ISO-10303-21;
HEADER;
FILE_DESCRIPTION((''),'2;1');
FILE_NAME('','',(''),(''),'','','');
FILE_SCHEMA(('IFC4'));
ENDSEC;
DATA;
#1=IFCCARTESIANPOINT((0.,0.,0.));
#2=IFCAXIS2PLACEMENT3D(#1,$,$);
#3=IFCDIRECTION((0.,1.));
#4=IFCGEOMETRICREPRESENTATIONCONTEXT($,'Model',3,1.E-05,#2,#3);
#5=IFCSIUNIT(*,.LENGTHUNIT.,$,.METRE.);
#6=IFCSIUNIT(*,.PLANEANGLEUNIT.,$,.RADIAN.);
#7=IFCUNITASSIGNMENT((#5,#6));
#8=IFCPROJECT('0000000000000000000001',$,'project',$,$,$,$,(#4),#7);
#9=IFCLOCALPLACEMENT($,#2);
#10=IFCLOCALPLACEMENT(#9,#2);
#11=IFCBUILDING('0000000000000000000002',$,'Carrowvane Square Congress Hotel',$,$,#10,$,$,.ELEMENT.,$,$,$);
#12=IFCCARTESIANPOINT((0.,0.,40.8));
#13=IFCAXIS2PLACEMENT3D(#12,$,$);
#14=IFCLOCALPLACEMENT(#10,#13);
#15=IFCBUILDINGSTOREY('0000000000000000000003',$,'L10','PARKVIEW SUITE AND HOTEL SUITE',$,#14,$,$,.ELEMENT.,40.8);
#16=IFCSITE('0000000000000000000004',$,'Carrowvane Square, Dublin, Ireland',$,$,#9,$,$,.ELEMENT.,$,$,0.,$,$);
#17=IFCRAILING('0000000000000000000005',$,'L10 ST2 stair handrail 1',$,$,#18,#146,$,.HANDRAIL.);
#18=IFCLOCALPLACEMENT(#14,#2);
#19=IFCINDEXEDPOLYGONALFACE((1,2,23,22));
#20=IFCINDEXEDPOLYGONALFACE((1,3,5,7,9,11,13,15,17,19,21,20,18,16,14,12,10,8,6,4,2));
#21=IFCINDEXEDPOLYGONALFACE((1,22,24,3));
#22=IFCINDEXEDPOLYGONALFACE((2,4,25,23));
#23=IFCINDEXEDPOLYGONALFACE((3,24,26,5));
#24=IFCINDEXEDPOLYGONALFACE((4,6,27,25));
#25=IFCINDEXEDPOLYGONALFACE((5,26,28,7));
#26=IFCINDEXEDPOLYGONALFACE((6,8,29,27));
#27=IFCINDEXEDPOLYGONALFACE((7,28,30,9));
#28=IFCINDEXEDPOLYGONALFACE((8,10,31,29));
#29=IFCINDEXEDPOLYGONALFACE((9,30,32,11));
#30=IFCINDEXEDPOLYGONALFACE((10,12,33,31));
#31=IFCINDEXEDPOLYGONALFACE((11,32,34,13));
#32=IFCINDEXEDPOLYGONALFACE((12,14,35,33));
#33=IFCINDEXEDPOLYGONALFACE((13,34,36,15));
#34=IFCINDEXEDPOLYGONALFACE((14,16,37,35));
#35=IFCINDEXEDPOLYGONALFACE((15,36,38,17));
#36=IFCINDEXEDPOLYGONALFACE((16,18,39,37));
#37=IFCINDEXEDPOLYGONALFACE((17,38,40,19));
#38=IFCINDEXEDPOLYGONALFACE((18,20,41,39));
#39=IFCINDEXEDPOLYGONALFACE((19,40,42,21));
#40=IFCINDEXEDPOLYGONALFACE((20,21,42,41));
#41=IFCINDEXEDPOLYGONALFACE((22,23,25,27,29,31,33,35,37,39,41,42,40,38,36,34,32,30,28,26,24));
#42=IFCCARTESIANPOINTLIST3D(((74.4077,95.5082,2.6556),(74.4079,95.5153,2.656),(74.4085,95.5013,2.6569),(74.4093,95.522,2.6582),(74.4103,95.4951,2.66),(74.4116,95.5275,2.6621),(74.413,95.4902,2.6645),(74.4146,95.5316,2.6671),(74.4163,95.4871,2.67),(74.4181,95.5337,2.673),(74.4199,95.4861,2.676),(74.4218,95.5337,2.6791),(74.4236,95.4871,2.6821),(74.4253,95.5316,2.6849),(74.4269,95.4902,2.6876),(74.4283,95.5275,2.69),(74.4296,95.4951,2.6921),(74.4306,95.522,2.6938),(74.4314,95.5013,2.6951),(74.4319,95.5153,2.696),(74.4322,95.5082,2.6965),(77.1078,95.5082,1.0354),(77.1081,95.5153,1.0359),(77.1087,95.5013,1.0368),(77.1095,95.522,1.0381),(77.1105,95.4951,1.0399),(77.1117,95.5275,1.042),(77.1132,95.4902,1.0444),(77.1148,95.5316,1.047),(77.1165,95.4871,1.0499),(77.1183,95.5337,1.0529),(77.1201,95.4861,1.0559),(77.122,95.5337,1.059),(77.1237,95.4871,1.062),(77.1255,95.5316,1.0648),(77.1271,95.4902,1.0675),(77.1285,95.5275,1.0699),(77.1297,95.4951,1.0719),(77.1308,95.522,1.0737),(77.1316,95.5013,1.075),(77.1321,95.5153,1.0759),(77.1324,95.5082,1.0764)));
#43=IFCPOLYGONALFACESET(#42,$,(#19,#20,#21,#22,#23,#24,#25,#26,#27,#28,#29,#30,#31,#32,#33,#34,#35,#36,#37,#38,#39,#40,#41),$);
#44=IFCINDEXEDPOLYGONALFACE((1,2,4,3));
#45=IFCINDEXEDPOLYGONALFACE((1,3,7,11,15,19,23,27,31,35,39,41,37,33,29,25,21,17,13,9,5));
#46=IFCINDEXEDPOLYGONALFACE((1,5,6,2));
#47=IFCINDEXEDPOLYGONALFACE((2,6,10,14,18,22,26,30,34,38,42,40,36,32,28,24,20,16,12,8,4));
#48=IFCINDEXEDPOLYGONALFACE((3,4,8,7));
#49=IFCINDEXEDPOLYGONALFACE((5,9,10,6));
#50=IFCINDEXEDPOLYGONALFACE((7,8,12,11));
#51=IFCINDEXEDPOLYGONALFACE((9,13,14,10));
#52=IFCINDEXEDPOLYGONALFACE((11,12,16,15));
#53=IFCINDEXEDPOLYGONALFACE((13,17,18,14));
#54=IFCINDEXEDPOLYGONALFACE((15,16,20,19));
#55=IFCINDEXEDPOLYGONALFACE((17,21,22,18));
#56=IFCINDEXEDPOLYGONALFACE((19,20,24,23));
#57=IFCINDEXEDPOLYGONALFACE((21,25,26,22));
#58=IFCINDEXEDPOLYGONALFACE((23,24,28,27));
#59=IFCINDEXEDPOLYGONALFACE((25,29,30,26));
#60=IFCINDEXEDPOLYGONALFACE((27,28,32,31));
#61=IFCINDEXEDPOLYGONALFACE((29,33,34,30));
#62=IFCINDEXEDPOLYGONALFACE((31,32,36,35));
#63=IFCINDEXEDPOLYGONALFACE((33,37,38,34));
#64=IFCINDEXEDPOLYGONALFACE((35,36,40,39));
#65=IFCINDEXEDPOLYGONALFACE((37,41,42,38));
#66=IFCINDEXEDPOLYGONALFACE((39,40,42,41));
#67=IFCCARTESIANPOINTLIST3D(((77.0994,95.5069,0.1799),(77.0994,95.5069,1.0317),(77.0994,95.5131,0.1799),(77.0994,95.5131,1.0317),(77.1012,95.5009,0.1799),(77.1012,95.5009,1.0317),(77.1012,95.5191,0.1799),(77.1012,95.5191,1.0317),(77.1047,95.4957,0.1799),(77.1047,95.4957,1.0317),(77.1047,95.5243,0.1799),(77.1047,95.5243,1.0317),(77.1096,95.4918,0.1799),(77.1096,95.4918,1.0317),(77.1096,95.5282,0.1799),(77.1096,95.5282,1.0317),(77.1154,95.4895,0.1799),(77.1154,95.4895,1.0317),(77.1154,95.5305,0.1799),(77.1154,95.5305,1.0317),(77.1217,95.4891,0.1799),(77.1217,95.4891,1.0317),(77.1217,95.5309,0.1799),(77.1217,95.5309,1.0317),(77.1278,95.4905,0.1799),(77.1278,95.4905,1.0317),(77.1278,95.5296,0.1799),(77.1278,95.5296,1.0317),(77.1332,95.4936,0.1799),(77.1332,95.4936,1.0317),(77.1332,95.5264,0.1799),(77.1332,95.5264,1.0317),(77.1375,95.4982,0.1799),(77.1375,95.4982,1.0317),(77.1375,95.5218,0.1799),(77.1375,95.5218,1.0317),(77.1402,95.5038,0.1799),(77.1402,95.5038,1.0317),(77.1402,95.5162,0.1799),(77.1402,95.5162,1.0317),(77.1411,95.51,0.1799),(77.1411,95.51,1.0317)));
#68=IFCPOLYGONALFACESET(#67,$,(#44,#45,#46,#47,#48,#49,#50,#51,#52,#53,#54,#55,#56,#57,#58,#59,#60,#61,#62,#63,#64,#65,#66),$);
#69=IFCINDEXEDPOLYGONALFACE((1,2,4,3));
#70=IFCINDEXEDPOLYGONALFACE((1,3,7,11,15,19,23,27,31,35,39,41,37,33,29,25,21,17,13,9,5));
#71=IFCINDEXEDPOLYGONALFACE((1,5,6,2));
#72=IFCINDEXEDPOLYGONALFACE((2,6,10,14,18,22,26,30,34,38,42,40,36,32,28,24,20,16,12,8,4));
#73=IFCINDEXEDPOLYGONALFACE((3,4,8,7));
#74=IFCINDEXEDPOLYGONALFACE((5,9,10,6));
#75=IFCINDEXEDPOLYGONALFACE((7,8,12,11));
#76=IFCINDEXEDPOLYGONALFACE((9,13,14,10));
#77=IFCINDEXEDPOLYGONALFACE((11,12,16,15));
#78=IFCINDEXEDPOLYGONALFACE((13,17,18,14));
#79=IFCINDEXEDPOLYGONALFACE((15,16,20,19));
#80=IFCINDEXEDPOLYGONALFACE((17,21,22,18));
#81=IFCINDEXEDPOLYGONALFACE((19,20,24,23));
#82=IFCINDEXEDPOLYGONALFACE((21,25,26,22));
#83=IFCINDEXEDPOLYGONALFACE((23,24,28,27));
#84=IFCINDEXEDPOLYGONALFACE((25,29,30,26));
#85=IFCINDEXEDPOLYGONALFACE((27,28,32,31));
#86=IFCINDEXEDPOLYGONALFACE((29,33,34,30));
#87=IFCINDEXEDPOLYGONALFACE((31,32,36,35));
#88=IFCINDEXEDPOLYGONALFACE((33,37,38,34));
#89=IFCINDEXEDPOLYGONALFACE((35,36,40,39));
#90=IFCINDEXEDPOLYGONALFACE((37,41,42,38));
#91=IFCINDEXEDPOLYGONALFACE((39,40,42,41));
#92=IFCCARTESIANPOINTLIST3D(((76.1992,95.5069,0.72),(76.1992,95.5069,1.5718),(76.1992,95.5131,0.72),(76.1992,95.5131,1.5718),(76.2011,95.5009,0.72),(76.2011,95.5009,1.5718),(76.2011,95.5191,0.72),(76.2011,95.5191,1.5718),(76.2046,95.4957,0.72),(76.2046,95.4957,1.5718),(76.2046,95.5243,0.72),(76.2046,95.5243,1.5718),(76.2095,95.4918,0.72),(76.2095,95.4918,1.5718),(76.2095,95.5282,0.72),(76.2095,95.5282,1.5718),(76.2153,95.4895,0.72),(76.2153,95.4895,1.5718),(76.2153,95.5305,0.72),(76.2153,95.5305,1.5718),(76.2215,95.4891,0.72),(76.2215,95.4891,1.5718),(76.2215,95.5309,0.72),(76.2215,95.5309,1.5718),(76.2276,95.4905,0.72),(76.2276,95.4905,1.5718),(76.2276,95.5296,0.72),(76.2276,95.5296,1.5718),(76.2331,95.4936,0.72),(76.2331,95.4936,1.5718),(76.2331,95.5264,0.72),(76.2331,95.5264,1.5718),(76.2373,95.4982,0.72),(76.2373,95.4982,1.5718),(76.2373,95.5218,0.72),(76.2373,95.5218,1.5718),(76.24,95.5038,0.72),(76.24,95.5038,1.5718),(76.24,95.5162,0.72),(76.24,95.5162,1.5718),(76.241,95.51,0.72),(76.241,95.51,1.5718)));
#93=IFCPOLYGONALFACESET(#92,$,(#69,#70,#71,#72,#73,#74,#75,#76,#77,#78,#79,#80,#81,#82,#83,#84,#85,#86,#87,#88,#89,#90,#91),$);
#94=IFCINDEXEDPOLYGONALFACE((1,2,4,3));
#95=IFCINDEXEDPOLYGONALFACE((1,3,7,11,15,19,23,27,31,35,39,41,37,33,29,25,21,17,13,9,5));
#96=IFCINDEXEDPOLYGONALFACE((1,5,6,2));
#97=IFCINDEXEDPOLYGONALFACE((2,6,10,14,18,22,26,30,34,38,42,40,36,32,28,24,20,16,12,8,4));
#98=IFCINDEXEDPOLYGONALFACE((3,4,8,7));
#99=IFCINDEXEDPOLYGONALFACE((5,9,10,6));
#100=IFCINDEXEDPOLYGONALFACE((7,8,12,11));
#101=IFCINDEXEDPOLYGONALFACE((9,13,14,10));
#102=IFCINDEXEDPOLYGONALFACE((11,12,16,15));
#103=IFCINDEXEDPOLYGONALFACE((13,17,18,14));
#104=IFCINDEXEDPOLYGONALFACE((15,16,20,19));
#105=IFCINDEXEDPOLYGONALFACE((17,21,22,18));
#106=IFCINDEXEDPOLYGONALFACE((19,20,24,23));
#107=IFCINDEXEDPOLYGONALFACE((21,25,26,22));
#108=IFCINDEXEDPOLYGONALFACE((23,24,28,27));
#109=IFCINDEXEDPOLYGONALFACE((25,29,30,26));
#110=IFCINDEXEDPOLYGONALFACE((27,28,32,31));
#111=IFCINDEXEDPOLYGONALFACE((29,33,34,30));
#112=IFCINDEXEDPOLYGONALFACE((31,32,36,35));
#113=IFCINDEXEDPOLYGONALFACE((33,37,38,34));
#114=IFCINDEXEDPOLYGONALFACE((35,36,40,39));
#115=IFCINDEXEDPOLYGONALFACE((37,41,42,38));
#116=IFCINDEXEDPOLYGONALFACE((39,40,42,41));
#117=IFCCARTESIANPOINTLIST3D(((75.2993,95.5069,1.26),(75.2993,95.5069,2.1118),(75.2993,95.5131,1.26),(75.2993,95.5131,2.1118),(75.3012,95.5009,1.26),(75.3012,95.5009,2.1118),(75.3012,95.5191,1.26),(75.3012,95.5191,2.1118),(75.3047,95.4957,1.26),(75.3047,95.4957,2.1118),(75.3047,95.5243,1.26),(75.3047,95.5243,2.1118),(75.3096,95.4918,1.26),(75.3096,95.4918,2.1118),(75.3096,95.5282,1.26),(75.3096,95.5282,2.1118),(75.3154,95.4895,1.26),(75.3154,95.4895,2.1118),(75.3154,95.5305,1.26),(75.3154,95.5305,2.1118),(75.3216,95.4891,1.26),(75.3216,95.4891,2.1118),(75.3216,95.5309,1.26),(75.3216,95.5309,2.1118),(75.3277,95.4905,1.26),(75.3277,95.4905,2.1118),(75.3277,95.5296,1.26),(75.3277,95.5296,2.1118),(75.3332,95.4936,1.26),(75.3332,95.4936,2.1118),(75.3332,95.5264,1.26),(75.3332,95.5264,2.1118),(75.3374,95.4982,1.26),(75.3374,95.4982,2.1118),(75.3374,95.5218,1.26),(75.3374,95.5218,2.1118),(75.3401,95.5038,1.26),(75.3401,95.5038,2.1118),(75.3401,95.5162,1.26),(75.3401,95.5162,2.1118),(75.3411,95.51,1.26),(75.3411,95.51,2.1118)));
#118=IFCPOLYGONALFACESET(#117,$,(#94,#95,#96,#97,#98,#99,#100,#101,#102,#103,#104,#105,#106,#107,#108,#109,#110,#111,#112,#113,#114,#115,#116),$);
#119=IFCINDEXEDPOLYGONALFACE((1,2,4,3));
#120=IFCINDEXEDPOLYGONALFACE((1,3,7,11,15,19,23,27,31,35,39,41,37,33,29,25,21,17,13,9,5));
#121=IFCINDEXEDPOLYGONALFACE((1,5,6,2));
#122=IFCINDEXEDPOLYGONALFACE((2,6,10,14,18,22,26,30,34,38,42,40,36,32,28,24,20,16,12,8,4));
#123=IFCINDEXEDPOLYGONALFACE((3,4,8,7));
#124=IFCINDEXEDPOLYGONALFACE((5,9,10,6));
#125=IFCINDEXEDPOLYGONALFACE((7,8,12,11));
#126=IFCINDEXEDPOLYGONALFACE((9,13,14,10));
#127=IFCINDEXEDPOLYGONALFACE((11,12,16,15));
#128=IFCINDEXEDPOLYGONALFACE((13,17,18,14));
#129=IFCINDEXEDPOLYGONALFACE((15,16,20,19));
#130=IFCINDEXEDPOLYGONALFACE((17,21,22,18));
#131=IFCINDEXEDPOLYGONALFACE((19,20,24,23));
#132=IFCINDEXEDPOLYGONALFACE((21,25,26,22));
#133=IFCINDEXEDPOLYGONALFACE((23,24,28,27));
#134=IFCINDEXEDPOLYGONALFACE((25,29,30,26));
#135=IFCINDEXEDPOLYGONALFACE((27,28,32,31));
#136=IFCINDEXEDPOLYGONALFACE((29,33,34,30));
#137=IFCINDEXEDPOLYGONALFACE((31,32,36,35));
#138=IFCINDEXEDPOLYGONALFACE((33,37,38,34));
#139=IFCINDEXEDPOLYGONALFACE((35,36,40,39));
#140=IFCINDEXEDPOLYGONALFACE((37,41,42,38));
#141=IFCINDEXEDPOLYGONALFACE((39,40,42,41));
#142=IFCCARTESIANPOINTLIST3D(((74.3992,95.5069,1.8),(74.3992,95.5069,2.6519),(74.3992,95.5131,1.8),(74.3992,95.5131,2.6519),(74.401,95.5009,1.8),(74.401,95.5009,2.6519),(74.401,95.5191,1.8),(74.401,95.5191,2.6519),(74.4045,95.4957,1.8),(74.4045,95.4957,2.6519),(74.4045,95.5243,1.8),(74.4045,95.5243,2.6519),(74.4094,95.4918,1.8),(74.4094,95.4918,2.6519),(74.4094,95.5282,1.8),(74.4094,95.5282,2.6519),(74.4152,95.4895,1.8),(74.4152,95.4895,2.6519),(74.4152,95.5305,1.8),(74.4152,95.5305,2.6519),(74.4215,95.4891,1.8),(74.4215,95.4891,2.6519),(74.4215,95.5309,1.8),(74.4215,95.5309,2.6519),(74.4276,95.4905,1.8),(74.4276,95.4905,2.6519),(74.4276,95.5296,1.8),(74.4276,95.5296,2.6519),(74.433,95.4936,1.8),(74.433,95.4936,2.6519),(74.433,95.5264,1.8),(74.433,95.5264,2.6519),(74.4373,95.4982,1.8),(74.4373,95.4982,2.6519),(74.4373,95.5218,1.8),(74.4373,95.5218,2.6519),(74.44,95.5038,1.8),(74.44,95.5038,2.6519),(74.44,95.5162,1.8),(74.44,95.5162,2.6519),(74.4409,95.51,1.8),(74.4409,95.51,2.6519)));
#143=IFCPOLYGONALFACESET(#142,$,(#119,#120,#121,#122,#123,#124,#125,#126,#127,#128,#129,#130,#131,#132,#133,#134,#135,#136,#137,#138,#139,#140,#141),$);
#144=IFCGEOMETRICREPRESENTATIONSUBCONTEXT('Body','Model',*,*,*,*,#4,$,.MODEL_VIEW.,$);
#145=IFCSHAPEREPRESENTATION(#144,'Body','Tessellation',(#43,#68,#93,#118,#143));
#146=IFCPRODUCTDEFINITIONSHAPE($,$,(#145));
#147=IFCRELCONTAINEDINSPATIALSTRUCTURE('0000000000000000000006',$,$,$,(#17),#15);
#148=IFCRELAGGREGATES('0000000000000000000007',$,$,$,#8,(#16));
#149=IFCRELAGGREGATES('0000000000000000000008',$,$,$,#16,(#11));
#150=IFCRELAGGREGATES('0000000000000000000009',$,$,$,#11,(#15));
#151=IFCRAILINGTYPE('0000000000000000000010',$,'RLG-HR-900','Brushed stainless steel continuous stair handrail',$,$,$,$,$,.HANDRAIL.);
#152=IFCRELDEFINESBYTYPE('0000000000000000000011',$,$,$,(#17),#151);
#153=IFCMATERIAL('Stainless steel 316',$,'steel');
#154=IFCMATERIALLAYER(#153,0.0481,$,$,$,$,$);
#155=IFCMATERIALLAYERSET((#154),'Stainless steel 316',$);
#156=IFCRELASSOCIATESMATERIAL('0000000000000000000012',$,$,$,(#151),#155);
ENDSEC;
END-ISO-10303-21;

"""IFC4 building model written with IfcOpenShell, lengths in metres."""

from ifc_helpers import new_model, si_unit, direction, frame, origin, origin_2d, place, context, subcontext, project, spatial, circle, extrude, material, layer, layer_set, type_object, element, save


model = new_model("IFC4")

# Units and contexts
model_context = context("Model", 3, precision=1e-05, world=origin(), true_north=direction((0.0, 1.0)))
body_context = subcontext(model_context, "Body", "Model", "MODEL_VIEW")
ifc_project = project(units=[si_unit("LENGTHUNIT", "METRE"), si_unit("PLANEANGLEUNIT", "RADIAN")], contexts=[model_context])

# Site, building, storey
site_placement = place(None, origin())
site = spatial("IfcSite", under=ifc_project, at=site_placement, Name="Carrowvane Square, Dublin, Ireland", CompositionType="ELEMENT", RefElevation=0.0)
building_placement = place(site_placement, origin())
building = spatial("IfcBuilding", under=site, at=building_placement, Name="Carrowvane Square Congress Hotel", CompositionType="ELEMENT")
storey_placement = place(building_placement, frame((0.0, 0.0, 40.8)))
storey = spatial("IfcBuildingStorey", under=building, at=storey_placement, Name="L10", Description="PARKVIEW SUITE AND HOTEL SUITE", CompositionType="ELEMENT", Elevation=40.8)

# Railing
ifc_material_1 = material(Name="Stainless steel 316", Category="steel")
ifc_layer_1 = layer(ifc_material_1, 0.0481)
ifc_layer_set_1 = layer_set([ifc_layer_1], Name="Stainless steel 316")
railing_type_1 = type_object("IfcRailingType", Name="RLG-HR-900", Description="Brushed stainless steel continuous stair handrail", PredefinedType="HANDRAIL", material=ifc_layer_set_1)
railing_1_placement = place(storey_placement, frame((77.1201, 95.51, 0.1799)))
element("IfcRailing", 1, at=railing_1_placement, inside=storey, type_object=railing_type_1, Name="L10 ST2 stair handrail 1", PredefinedType="HANDRAIL", context=body_context, shape_type="SweptSolid", body=[
    extrude(circle(Radius=0.0239, at=origin_2d()), frame((0.0, 0.0, 0.876), z_axis=(-0.857493, 0.0, 0.514496), x_axis=(0.0, -1.0, 0.0)), (0.0, 0.0, 1.0), 3.1489),
    extrude(circle(Radius=0.021, at=origin_2d()), origin(), (0.0, 0.0, 1.0), 0.8518),
    extrude(circle(Radius=0.021, at=origin_2d()), frame((-0.9001, 0.0, 0.54)), (0.0, 0.0, 1.0), 0.8518),
    extrude(circle(Radius=0.021, at=origin_2d()), frame((-1.8, 0.0, 1.0801)), (0.0, 0.0, 1.0), 0.8518),
    extrude(circle(Radius=0.021, at=origin_2d()), frame((-2.7002, 0.0, 1.6201)), (0.0, 0.0, 1.0), 0.8518),
])

save(model, "model.ifc")
